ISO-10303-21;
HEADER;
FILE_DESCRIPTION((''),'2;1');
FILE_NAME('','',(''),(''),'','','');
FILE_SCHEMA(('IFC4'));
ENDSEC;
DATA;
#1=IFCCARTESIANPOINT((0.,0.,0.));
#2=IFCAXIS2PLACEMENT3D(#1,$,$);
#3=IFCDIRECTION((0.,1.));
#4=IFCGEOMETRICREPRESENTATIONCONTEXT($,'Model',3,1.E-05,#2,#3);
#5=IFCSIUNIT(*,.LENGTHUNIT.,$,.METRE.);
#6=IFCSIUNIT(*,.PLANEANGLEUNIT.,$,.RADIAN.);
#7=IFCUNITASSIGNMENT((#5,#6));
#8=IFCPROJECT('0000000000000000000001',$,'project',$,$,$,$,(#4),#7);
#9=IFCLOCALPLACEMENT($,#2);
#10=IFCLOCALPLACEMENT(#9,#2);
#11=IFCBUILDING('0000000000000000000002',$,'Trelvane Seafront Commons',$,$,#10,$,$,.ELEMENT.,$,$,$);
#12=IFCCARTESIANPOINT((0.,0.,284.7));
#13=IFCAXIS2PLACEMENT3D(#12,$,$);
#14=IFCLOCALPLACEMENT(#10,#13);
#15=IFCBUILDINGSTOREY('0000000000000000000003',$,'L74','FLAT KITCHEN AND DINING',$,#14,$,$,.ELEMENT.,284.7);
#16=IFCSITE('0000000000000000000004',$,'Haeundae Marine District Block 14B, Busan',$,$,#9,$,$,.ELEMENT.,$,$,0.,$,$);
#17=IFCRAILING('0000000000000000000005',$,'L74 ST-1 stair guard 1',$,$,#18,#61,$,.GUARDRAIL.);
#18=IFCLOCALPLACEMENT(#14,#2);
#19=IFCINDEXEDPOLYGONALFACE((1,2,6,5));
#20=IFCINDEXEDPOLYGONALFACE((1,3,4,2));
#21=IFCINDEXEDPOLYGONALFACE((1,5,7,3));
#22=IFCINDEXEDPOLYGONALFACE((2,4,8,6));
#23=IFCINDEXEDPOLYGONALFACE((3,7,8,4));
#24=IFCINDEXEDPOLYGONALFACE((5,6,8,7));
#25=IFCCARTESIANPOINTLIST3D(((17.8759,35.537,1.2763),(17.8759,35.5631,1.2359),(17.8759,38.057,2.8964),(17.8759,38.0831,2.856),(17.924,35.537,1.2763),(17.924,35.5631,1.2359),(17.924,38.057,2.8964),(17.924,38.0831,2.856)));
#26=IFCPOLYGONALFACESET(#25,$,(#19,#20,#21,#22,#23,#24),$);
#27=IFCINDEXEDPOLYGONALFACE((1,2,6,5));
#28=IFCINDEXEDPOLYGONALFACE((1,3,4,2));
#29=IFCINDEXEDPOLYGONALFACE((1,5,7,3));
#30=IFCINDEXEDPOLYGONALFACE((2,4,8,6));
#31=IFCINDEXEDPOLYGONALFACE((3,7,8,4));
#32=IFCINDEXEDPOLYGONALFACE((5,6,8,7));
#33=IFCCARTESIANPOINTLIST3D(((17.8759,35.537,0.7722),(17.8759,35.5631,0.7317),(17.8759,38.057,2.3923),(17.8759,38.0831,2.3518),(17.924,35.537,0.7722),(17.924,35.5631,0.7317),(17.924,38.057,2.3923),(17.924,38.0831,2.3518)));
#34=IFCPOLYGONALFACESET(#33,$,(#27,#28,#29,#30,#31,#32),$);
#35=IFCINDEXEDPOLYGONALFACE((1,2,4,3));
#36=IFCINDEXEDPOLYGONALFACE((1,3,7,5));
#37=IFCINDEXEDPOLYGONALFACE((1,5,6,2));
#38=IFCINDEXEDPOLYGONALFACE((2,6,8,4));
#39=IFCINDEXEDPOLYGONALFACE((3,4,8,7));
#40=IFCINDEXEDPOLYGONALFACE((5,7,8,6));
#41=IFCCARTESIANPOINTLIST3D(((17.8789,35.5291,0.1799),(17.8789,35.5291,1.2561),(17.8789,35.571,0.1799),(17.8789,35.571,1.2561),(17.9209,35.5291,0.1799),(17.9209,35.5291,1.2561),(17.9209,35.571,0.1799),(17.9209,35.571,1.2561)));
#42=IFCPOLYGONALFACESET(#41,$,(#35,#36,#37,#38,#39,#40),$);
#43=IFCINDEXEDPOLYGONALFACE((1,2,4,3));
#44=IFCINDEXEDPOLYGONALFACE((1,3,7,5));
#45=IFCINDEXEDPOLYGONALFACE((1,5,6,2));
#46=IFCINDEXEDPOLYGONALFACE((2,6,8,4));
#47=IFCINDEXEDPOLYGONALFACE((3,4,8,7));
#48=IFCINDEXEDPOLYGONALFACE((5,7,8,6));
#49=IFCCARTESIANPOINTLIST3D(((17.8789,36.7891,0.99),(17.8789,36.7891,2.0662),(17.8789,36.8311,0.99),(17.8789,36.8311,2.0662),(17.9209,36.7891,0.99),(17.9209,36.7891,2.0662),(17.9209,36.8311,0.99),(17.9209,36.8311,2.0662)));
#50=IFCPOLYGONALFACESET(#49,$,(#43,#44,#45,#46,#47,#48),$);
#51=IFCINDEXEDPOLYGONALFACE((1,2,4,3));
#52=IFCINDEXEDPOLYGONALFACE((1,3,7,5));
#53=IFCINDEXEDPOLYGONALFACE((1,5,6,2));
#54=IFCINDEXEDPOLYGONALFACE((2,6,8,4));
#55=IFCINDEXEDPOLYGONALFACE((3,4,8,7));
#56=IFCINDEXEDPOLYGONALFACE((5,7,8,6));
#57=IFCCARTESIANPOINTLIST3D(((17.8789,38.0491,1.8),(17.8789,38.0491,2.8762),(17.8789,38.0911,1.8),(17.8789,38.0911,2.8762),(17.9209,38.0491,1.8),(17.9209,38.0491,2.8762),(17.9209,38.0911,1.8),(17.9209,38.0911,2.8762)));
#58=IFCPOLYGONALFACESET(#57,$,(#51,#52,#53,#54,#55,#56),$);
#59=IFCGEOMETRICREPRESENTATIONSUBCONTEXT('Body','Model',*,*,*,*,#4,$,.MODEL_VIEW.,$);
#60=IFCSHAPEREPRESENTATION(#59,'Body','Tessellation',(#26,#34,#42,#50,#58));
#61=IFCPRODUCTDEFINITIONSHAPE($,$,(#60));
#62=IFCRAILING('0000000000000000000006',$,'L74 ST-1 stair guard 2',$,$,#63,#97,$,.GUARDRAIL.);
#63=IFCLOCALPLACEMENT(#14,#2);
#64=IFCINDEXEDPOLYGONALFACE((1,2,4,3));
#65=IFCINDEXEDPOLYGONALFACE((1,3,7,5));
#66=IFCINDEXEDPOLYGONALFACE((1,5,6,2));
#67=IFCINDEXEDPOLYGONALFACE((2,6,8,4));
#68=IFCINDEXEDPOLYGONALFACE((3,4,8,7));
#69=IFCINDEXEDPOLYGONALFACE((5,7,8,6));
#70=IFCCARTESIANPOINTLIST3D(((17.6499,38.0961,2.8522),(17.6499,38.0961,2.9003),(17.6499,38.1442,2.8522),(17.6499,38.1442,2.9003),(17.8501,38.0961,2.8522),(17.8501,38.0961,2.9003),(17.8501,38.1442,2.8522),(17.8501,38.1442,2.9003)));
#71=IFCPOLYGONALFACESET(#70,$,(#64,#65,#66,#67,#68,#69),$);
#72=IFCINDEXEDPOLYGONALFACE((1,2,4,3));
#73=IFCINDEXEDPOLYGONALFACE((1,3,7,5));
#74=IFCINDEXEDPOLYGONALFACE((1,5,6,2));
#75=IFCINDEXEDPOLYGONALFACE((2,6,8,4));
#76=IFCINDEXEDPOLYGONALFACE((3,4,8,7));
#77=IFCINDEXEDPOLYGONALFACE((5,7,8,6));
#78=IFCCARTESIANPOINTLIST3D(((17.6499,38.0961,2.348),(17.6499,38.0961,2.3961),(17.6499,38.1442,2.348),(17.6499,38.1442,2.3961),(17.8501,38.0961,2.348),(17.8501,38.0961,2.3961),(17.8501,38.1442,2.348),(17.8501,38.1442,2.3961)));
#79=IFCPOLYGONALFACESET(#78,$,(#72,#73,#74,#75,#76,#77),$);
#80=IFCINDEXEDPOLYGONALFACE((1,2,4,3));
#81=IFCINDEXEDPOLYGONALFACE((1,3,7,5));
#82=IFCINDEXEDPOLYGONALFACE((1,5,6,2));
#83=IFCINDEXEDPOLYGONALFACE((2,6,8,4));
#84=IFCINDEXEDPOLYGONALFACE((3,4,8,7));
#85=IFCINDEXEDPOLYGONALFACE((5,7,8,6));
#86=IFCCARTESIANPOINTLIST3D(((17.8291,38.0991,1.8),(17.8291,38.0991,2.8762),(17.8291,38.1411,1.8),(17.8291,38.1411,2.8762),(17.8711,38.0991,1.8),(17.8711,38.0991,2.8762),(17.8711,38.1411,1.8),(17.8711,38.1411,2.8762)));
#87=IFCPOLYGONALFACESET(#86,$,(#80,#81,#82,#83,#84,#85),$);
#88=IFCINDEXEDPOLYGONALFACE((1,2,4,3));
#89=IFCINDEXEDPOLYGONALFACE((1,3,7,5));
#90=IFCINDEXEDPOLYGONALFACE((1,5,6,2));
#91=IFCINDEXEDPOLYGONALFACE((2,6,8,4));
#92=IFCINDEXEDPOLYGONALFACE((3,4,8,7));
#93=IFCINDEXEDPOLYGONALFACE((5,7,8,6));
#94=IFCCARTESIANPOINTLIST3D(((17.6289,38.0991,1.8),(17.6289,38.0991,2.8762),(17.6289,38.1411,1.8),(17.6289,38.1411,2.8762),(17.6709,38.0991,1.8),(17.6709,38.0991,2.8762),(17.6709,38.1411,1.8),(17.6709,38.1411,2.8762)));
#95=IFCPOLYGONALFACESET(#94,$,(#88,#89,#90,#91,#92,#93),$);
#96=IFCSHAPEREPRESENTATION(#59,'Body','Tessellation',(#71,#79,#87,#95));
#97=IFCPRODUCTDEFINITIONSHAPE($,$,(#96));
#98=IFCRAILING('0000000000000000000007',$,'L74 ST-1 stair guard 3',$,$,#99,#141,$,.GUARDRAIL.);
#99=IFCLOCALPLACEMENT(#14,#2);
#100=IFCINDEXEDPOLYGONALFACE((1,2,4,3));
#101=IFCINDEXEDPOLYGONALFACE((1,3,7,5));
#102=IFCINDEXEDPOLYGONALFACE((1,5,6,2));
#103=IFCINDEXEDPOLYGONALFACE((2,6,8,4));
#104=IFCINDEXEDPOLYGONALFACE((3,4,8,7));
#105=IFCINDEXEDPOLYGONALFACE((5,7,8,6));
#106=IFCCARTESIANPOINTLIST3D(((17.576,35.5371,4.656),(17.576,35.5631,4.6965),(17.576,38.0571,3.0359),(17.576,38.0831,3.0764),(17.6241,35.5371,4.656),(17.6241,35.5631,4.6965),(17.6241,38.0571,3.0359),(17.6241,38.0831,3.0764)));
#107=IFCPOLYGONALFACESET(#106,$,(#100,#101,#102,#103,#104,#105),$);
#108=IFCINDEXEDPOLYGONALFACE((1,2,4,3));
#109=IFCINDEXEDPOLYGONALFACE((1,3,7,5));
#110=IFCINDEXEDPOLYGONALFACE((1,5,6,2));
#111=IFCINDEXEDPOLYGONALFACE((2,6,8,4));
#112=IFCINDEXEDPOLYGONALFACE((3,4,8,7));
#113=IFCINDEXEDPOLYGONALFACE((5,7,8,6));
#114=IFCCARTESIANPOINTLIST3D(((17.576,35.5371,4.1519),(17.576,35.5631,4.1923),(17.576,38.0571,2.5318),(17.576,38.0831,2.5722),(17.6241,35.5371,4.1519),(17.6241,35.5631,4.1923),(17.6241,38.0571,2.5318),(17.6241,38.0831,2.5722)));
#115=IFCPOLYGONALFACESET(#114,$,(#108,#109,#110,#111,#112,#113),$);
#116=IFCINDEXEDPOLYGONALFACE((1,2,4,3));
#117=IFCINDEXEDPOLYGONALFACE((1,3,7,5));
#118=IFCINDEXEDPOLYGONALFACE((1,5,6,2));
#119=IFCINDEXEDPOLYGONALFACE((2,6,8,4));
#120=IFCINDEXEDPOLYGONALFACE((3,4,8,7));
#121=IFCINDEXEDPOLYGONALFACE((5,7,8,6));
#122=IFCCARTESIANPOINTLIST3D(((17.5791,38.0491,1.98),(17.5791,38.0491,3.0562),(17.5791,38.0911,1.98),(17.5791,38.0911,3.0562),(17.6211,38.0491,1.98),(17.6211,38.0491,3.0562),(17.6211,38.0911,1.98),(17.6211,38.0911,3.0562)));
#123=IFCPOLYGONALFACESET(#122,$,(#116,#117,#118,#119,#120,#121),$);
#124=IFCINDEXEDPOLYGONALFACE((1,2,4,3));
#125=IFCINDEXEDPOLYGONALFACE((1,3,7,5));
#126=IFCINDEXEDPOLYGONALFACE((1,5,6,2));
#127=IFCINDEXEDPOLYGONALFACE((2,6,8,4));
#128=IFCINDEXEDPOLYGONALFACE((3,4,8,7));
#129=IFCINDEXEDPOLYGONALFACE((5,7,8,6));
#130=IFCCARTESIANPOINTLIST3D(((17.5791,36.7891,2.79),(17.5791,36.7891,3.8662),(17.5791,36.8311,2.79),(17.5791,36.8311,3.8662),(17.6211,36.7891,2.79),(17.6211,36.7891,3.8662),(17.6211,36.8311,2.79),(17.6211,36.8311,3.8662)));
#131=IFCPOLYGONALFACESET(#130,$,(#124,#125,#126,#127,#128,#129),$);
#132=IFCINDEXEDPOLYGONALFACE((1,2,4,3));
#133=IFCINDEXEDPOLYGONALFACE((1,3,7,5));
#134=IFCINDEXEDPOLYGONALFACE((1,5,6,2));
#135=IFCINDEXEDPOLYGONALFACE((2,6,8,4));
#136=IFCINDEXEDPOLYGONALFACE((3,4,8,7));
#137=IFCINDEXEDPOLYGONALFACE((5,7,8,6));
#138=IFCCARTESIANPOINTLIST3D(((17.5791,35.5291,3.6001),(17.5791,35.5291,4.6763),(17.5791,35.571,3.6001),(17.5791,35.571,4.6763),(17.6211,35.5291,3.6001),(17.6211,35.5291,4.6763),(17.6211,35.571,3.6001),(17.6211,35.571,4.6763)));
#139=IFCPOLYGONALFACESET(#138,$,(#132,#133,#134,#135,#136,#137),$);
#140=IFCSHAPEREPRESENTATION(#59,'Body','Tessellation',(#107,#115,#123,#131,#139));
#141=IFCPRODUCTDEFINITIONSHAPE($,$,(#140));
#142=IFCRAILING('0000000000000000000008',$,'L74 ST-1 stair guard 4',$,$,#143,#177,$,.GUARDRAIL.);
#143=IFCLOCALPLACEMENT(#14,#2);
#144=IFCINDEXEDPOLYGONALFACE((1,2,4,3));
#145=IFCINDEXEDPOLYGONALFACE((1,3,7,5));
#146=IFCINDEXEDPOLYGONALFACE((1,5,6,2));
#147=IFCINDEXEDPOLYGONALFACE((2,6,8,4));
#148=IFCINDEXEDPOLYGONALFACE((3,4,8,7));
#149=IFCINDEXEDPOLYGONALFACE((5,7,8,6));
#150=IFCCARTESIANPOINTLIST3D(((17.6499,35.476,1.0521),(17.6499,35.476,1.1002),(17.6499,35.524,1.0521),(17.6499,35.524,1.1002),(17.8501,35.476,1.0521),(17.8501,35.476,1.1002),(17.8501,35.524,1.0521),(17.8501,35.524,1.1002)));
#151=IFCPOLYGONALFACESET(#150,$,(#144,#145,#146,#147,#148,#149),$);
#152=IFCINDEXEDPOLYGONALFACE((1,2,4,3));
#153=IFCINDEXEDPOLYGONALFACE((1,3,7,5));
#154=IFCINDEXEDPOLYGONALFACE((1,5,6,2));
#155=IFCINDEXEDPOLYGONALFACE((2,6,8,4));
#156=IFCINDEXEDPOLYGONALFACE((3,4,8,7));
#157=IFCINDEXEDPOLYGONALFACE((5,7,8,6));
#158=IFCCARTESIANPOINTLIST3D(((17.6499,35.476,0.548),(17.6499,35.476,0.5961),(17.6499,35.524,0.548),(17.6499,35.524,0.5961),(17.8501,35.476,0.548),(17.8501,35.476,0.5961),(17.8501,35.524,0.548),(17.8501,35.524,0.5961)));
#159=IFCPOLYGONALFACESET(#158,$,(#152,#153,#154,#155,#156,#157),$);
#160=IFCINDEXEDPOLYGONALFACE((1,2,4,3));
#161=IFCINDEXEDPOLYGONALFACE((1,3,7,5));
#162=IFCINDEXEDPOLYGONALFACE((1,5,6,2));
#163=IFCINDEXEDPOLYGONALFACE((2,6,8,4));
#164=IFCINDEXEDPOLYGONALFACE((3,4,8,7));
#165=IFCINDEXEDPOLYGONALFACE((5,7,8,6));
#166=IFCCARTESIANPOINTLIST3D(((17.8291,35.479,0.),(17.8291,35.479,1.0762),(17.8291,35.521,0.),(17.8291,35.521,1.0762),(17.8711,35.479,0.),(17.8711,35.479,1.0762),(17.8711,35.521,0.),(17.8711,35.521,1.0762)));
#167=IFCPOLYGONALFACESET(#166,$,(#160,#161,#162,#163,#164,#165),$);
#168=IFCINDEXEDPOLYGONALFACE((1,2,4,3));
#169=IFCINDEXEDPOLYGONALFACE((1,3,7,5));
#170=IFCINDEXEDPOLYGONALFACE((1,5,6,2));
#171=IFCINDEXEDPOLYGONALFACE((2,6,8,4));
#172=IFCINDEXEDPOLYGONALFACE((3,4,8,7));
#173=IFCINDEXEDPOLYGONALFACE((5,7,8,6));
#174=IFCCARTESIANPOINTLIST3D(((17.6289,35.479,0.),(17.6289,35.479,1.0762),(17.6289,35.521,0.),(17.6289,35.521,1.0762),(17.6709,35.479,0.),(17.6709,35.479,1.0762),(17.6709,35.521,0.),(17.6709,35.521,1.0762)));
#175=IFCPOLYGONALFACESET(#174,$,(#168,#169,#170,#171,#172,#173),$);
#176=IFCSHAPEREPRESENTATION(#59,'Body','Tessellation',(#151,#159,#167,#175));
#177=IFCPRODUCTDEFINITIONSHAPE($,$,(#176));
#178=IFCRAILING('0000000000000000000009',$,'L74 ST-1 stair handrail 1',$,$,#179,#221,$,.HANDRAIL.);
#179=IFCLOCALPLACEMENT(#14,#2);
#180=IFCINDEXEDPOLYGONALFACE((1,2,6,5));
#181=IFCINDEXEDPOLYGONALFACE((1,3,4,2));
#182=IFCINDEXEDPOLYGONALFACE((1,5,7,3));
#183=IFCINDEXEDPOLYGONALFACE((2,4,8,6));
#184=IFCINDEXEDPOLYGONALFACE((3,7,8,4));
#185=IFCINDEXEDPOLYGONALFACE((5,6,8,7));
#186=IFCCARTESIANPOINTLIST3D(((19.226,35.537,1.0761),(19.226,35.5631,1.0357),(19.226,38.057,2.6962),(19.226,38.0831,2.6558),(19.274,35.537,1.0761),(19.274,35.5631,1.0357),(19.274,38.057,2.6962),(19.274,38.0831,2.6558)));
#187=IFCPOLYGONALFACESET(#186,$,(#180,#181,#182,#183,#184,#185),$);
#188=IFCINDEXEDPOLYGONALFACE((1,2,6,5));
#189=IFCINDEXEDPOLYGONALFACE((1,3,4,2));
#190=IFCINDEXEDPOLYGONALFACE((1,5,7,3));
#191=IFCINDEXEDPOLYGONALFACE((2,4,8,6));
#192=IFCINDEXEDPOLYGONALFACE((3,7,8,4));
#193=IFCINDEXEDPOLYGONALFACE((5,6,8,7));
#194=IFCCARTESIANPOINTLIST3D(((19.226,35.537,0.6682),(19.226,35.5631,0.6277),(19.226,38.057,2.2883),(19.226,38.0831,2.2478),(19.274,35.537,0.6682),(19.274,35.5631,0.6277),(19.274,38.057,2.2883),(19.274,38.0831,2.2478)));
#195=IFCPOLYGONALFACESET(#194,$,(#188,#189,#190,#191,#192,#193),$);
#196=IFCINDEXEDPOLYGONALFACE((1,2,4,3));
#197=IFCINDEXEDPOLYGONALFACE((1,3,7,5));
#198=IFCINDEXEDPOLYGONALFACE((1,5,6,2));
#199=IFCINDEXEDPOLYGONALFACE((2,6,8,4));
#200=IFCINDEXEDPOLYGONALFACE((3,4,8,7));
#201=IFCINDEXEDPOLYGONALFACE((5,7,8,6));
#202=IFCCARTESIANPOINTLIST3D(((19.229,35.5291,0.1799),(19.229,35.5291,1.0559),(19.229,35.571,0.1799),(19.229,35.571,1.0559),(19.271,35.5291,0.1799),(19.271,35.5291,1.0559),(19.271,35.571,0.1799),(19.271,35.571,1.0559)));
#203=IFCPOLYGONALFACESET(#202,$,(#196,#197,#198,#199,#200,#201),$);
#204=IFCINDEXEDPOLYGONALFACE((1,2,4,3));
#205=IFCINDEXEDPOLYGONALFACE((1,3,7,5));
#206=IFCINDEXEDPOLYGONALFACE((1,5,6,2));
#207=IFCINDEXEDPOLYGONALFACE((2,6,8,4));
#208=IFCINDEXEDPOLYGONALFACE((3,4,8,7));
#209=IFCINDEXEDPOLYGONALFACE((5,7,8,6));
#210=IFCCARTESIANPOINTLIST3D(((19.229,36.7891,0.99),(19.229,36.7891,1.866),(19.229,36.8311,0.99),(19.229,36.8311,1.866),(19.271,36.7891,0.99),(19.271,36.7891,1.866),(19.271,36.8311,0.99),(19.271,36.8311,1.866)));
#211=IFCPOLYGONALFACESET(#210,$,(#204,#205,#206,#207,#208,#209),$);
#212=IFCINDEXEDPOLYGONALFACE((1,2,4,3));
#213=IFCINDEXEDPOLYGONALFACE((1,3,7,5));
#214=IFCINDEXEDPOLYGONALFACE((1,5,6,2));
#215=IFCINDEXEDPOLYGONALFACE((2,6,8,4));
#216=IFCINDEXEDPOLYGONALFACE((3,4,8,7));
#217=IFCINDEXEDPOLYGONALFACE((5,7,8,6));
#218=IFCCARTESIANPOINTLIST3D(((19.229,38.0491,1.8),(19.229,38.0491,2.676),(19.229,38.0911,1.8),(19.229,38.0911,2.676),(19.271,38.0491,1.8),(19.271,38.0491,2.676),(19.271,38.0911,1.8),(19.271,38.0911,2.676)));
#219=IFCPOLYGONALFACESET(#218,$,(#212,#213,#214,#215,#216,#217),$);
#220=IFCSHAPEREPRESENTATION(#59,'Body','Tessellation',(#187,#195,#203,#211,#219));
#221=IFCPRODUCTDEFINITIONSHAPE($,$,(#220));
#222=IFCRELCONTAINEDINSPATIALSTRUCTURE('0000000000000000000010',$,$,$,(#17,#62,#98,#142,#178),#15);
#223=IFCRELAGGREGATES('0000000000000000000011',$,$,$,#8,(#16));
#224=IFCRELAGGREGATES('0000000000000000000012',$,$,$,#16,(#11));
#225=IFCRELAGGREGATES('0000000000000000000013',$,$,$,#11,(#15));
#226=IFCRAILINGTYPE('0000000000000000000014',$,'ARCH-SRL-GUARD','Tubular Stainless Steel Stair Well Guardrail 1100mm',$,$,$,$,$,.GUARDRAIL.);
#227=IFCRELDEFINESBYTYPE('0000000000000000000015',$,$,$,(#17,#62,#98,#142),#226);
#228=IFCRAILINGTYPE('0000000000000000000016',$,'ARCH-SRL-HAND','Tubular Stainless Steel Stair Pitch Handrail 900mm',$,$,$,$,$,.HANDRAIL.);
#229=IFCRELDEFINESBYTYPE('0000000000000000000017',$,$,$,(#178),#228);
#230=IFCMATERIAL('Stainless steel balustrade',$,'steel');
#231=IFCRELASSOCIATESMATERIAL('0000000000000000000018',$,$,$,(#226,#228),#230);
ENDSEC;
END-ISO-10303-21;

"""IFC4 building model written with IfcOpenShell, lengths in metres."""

from ifc_helpers import new_model, si_unit, direction, frame, origin, origin_2d, place, context, subcontext, project, spatial, rectangle, extrude, material, type_object, element, save


model = new_model("IFC4")

# Units and contexts
model_context = context("Model", 3, precision=1e-05, world=origin(), true_north=direction((0.0, 1.0)))
body_context = subcontext(model_context, "Body", "Model", "MODEL_VIEW")
ifc_project = project(units=[si_unit("LENGTHUNIT", "METRE"), si_unit("PLANEANGLEUNIT", "RADIAN")], contexts=[model_context])

# Site, building, storey
site_placement = place(None, origin())
site = spatial("IfcSite", under=ifc_project, at=site_placement, Name="Haeundae Marine District Block 14B, Busan", CompositionType="ELEMENT", RefElevation=0.0)
building_placement = place(site_placement, origin())
building = spatial("IfcBuilding", under=site, at=building_placement, Name="Trelvane Seafront Commons", CompositionType="ELEMENT")
storey_placement = place(building_placement, frame((0.0, 0.0, 284.7)))
storey = spatial("IfcBuildingStorey", under=building, at=storey_placement, Name="L74", Description="FLAT KITCHEN AND DINING", CompositionType="ELEMENT", Elevation=284.7)

# Shared definitions
ifc_material_1 = material(Name="Stainless steel balustrade", Category="steel")

# Railings
railing_type_1 = type_object("IfcRailingType", Name="ARCH-SRL-GUARD", Description="Tubular Stainless Steel Stair Well Guardrail 1100mm", PredefinedType="GUARDRAIL", material=ifc_material_1)
railing_1_placement = place(storey_placement, frame((17.8999, 35.55, 0.1799)))
element("IfcRailing", 1, at=railing_1_placement, inside=storey, type_object=railing_type_1, Name="L74 ST-1 stair guard 1", PredefinedType="GUARDRAIL", context=body_context, shape_type="SweptSolid", body=[
    extrude(rectangle(XDim=0.0481, YDim=0.0481, at=origin_2d()), frame((0.0, 0.0, 1.0762), z_axis=(0.0, 0.841163, 0.540782), x_axis=(-1.0, 0.0, 0.0)), (0.0, 0.0, 1.0), 2.9958),
    extrude(rectangle(XDim=0.0481, YDim=0.0481, at=origin_2d()), frame((0.0, 0.0, 0.572), z_axis=(0.0, 0.841163, 0.540782), x_axis=(-1.0, 0.0, 0.0)), (0.0, 0.0, 1.0), 2.9958),
    extrude(rectangle(XDim=0.042, YDim=0.042, at=origin_2d()), origin(), (0.0, 0.0, 1.0), 1.0762),
    extrude(rectangle(XDim=0.042, YDim=0.042, at=origin_2d()), frame((0.0, 1.26, 0.8101)), (0.0, 0.0, 1.0), 1.0762),
    extrude(rectangle(XDim=0.042, YDim=0.042, at=origin_2d()), frame((0.0, 2.52, 1.6201)), (0.0, 0.0, 1.0), 1.0762),
])
railing_2_placement = place(storey_placement, frame((17.8501, 38.1201, 1.8)))
element("IfcRailing", 2, at=railing_2_placement, inside=storey, type_object=railing_type_1, Name="L74 ST-1 stair guard 2", PredefinedType="GUARDRAIL", context=body_context, shape_type="SweptSolid", body=[
    extrude(rectangle(XDim=0.0481, YDim=0.0481, at=origin_2d()), frame((0.0, 0.0, 1.0762), z_axis=(-1.0, 0.0, 0.0), x_axis=(0.0, -1.0, 0.0)), (0.0, 0.0, 1.0), 0.2002),
    extrude(rectangle(XDim=0.0481, YDim=0.0481, at=origin_2d()), frame((0.0, 0.0, 0.572), z_axis=(-1.0, 0.0, 0.0), x_axis=(0.0, -1.0, 0.0)), (0.0, 0.0, 1.0), 0.2002),
    extrude(rectangle(XDim=0.042, YDim=0.042, at=origin_2d()), origin(), (0.0, 0.0, 1.0), 1.0762),
    extrude(rectangle(XDim=0.042, YDim=0.042, at=origin_2d()), frame((-0.2002, 0.0, 0.0)), (0.0, 0.0, 1.0), 1.0762),
])
railing_3_placement = place(storey_placement, frame((17.6001, 38.0701, 1.98)))
element("IfcRailing", 3, at=railing_3_placement, inside=storey, type_object=railing_type_1, Name="L74 ST-1 stair guard 3", PredefinedType="GUARDRAIL", context=body_context, shape_type="SweptSolid", body=[
    extrude(rectangle(XDim=0.0481, YDim=0.0481, at=origin_2d()), frame((0.0, 0.0, 1.0762), z_axis=(0.0, -0.841163, 0.540782), x_axis=(1.0, 0.0, 0.0)), (0.0, 0.0, 1.0), 2.9958),
    extrude(rectangle(XDim=0.0481, YDim=0.0481, at=origin_2d()), frame((0.0, 0.0, 0.572), z_axis=(0.0, -0.841163, 0.540782), x_axis=(1.0, 0.0, 0.0)), (0.0, 0.0, 1.0), 2.9958),
    extrude(rectangle(XDim=0.042, YDim=0.042, at=origin_2d()), origin(), (0.0, 0.0, 1.0), 1.0762),
    extrude(rectangle(XDim=0.042, YDim=0.042, at=origin_2d()), frame((0.0, -1.26, 0.8101)), (0.0, 0.0, 1.0), 1.0762),
    extrude(rectangle(XDim=0.042, YDim=0.042, at=origin_2d()), frame((0.0, -2.52, 1.6201)), (0.0, 0.0, 1.0), 1.0762),
])
railing_4_placement = place(storey_placement, frame((17.8501, 35.5, 0.0)))
element("IfcRailing", 4, at=railing_4_placement, inside=storey, type_object=railing_type_1, Name="L74 ST-1 stair guard 4", PredefinedType="GUARDRAIL", context=body_context, shape_type="SweptSolid", body=[
    extrude(rectangle(XDim=0.0481, YDim=0.0481, at=origin_2d()), frame((0.0, 0.0, 1.0762), z_axis=(-1.0, 0.0, 0.0), x_axis=(0.0, -1.0, 0.0)), (0.0, 0.0, 1.0), 0.2002),
    extrude(rectangle(XDim=0.0481, YDim=0.0481, at=origin_2d()), frame((0.0, 0.0, 0.572), z_axis=(-1.0, 0.0, 0.0), x_axis=(0.0, -1.0, 0.0)), (0.0, 0.0, 1.0), 0.2002),
    extrude(rectangle(XDim=0.042, YDim=0.042, at=origin_2d()), origin(), (0.0, 0.0, 1.0), 1.0762),
    extrude(rectangle(XDim=0.042, YDim=0.042, at=origin_2d()), frame((-0.2002, 0.0, 0.0)), (0.0, 0.0, 1.0), 1.0762),
])
railing_type_2 = type_object("IfcRailingType", Name="ARCH-SRL-HAND", Description="Tubular Stainless Steel Stair Pitch Handrail 900mm", PredefinedType="HANDRAIL", material=ifc_material_1)
railing_5_placement = place(storey_placement, frame((19.25, 35.55, 0.1799)))
element("IfcRailing", 5, at=railing_5_placement, inside=storey, type_object=railing_type_2, Name="L74 ST-1 stair handrail 1", PredefinedType="HANDRAIL", context=body_context, shape_type="SweptSolid", body=[
    extrude(rectangle(XDim=0.0481, YDim=0.0481, at=origin_2d()), frame((0.0, 0.0, 0.876), z_axis=(0.0, 0.841163, 0.540782), x_axis=(-1.0, 0.0, 0.0)), (0.0, 0.0, 1.0), 2.9958),
    extrude(rectangle(XDim=0.0481, YDim=0.0481, at=origin_2d()), frame((0.0, 0.0, 0.468), z_axis=(0.0, 0.841163, 0.540782), x_axis=(-1.0, 0.0, 0.0)), (0.0, 0.0, 1.0), 2.9958),
    extrude(rectangle(XDim=0.042, YDim=0.042, at=origin_2d()), origin(), (0.0, 0.0, 1.0), 0.876),
    extrude(rectangle(XDim=0.042, YDim=0.042, at=origin_2d()), frame((0.0, 1.26, 0.8101)), (0.0, 0.0, 1.0), 0.876),
    extrude(rectangle(XDim=0.042, YDim=0.042, at=origin_2d()), frame((0.0, 2.52, 1.6201)), (0.0, 0.0, 1.0), 0.876),
])

save(model, "model.ifc")
